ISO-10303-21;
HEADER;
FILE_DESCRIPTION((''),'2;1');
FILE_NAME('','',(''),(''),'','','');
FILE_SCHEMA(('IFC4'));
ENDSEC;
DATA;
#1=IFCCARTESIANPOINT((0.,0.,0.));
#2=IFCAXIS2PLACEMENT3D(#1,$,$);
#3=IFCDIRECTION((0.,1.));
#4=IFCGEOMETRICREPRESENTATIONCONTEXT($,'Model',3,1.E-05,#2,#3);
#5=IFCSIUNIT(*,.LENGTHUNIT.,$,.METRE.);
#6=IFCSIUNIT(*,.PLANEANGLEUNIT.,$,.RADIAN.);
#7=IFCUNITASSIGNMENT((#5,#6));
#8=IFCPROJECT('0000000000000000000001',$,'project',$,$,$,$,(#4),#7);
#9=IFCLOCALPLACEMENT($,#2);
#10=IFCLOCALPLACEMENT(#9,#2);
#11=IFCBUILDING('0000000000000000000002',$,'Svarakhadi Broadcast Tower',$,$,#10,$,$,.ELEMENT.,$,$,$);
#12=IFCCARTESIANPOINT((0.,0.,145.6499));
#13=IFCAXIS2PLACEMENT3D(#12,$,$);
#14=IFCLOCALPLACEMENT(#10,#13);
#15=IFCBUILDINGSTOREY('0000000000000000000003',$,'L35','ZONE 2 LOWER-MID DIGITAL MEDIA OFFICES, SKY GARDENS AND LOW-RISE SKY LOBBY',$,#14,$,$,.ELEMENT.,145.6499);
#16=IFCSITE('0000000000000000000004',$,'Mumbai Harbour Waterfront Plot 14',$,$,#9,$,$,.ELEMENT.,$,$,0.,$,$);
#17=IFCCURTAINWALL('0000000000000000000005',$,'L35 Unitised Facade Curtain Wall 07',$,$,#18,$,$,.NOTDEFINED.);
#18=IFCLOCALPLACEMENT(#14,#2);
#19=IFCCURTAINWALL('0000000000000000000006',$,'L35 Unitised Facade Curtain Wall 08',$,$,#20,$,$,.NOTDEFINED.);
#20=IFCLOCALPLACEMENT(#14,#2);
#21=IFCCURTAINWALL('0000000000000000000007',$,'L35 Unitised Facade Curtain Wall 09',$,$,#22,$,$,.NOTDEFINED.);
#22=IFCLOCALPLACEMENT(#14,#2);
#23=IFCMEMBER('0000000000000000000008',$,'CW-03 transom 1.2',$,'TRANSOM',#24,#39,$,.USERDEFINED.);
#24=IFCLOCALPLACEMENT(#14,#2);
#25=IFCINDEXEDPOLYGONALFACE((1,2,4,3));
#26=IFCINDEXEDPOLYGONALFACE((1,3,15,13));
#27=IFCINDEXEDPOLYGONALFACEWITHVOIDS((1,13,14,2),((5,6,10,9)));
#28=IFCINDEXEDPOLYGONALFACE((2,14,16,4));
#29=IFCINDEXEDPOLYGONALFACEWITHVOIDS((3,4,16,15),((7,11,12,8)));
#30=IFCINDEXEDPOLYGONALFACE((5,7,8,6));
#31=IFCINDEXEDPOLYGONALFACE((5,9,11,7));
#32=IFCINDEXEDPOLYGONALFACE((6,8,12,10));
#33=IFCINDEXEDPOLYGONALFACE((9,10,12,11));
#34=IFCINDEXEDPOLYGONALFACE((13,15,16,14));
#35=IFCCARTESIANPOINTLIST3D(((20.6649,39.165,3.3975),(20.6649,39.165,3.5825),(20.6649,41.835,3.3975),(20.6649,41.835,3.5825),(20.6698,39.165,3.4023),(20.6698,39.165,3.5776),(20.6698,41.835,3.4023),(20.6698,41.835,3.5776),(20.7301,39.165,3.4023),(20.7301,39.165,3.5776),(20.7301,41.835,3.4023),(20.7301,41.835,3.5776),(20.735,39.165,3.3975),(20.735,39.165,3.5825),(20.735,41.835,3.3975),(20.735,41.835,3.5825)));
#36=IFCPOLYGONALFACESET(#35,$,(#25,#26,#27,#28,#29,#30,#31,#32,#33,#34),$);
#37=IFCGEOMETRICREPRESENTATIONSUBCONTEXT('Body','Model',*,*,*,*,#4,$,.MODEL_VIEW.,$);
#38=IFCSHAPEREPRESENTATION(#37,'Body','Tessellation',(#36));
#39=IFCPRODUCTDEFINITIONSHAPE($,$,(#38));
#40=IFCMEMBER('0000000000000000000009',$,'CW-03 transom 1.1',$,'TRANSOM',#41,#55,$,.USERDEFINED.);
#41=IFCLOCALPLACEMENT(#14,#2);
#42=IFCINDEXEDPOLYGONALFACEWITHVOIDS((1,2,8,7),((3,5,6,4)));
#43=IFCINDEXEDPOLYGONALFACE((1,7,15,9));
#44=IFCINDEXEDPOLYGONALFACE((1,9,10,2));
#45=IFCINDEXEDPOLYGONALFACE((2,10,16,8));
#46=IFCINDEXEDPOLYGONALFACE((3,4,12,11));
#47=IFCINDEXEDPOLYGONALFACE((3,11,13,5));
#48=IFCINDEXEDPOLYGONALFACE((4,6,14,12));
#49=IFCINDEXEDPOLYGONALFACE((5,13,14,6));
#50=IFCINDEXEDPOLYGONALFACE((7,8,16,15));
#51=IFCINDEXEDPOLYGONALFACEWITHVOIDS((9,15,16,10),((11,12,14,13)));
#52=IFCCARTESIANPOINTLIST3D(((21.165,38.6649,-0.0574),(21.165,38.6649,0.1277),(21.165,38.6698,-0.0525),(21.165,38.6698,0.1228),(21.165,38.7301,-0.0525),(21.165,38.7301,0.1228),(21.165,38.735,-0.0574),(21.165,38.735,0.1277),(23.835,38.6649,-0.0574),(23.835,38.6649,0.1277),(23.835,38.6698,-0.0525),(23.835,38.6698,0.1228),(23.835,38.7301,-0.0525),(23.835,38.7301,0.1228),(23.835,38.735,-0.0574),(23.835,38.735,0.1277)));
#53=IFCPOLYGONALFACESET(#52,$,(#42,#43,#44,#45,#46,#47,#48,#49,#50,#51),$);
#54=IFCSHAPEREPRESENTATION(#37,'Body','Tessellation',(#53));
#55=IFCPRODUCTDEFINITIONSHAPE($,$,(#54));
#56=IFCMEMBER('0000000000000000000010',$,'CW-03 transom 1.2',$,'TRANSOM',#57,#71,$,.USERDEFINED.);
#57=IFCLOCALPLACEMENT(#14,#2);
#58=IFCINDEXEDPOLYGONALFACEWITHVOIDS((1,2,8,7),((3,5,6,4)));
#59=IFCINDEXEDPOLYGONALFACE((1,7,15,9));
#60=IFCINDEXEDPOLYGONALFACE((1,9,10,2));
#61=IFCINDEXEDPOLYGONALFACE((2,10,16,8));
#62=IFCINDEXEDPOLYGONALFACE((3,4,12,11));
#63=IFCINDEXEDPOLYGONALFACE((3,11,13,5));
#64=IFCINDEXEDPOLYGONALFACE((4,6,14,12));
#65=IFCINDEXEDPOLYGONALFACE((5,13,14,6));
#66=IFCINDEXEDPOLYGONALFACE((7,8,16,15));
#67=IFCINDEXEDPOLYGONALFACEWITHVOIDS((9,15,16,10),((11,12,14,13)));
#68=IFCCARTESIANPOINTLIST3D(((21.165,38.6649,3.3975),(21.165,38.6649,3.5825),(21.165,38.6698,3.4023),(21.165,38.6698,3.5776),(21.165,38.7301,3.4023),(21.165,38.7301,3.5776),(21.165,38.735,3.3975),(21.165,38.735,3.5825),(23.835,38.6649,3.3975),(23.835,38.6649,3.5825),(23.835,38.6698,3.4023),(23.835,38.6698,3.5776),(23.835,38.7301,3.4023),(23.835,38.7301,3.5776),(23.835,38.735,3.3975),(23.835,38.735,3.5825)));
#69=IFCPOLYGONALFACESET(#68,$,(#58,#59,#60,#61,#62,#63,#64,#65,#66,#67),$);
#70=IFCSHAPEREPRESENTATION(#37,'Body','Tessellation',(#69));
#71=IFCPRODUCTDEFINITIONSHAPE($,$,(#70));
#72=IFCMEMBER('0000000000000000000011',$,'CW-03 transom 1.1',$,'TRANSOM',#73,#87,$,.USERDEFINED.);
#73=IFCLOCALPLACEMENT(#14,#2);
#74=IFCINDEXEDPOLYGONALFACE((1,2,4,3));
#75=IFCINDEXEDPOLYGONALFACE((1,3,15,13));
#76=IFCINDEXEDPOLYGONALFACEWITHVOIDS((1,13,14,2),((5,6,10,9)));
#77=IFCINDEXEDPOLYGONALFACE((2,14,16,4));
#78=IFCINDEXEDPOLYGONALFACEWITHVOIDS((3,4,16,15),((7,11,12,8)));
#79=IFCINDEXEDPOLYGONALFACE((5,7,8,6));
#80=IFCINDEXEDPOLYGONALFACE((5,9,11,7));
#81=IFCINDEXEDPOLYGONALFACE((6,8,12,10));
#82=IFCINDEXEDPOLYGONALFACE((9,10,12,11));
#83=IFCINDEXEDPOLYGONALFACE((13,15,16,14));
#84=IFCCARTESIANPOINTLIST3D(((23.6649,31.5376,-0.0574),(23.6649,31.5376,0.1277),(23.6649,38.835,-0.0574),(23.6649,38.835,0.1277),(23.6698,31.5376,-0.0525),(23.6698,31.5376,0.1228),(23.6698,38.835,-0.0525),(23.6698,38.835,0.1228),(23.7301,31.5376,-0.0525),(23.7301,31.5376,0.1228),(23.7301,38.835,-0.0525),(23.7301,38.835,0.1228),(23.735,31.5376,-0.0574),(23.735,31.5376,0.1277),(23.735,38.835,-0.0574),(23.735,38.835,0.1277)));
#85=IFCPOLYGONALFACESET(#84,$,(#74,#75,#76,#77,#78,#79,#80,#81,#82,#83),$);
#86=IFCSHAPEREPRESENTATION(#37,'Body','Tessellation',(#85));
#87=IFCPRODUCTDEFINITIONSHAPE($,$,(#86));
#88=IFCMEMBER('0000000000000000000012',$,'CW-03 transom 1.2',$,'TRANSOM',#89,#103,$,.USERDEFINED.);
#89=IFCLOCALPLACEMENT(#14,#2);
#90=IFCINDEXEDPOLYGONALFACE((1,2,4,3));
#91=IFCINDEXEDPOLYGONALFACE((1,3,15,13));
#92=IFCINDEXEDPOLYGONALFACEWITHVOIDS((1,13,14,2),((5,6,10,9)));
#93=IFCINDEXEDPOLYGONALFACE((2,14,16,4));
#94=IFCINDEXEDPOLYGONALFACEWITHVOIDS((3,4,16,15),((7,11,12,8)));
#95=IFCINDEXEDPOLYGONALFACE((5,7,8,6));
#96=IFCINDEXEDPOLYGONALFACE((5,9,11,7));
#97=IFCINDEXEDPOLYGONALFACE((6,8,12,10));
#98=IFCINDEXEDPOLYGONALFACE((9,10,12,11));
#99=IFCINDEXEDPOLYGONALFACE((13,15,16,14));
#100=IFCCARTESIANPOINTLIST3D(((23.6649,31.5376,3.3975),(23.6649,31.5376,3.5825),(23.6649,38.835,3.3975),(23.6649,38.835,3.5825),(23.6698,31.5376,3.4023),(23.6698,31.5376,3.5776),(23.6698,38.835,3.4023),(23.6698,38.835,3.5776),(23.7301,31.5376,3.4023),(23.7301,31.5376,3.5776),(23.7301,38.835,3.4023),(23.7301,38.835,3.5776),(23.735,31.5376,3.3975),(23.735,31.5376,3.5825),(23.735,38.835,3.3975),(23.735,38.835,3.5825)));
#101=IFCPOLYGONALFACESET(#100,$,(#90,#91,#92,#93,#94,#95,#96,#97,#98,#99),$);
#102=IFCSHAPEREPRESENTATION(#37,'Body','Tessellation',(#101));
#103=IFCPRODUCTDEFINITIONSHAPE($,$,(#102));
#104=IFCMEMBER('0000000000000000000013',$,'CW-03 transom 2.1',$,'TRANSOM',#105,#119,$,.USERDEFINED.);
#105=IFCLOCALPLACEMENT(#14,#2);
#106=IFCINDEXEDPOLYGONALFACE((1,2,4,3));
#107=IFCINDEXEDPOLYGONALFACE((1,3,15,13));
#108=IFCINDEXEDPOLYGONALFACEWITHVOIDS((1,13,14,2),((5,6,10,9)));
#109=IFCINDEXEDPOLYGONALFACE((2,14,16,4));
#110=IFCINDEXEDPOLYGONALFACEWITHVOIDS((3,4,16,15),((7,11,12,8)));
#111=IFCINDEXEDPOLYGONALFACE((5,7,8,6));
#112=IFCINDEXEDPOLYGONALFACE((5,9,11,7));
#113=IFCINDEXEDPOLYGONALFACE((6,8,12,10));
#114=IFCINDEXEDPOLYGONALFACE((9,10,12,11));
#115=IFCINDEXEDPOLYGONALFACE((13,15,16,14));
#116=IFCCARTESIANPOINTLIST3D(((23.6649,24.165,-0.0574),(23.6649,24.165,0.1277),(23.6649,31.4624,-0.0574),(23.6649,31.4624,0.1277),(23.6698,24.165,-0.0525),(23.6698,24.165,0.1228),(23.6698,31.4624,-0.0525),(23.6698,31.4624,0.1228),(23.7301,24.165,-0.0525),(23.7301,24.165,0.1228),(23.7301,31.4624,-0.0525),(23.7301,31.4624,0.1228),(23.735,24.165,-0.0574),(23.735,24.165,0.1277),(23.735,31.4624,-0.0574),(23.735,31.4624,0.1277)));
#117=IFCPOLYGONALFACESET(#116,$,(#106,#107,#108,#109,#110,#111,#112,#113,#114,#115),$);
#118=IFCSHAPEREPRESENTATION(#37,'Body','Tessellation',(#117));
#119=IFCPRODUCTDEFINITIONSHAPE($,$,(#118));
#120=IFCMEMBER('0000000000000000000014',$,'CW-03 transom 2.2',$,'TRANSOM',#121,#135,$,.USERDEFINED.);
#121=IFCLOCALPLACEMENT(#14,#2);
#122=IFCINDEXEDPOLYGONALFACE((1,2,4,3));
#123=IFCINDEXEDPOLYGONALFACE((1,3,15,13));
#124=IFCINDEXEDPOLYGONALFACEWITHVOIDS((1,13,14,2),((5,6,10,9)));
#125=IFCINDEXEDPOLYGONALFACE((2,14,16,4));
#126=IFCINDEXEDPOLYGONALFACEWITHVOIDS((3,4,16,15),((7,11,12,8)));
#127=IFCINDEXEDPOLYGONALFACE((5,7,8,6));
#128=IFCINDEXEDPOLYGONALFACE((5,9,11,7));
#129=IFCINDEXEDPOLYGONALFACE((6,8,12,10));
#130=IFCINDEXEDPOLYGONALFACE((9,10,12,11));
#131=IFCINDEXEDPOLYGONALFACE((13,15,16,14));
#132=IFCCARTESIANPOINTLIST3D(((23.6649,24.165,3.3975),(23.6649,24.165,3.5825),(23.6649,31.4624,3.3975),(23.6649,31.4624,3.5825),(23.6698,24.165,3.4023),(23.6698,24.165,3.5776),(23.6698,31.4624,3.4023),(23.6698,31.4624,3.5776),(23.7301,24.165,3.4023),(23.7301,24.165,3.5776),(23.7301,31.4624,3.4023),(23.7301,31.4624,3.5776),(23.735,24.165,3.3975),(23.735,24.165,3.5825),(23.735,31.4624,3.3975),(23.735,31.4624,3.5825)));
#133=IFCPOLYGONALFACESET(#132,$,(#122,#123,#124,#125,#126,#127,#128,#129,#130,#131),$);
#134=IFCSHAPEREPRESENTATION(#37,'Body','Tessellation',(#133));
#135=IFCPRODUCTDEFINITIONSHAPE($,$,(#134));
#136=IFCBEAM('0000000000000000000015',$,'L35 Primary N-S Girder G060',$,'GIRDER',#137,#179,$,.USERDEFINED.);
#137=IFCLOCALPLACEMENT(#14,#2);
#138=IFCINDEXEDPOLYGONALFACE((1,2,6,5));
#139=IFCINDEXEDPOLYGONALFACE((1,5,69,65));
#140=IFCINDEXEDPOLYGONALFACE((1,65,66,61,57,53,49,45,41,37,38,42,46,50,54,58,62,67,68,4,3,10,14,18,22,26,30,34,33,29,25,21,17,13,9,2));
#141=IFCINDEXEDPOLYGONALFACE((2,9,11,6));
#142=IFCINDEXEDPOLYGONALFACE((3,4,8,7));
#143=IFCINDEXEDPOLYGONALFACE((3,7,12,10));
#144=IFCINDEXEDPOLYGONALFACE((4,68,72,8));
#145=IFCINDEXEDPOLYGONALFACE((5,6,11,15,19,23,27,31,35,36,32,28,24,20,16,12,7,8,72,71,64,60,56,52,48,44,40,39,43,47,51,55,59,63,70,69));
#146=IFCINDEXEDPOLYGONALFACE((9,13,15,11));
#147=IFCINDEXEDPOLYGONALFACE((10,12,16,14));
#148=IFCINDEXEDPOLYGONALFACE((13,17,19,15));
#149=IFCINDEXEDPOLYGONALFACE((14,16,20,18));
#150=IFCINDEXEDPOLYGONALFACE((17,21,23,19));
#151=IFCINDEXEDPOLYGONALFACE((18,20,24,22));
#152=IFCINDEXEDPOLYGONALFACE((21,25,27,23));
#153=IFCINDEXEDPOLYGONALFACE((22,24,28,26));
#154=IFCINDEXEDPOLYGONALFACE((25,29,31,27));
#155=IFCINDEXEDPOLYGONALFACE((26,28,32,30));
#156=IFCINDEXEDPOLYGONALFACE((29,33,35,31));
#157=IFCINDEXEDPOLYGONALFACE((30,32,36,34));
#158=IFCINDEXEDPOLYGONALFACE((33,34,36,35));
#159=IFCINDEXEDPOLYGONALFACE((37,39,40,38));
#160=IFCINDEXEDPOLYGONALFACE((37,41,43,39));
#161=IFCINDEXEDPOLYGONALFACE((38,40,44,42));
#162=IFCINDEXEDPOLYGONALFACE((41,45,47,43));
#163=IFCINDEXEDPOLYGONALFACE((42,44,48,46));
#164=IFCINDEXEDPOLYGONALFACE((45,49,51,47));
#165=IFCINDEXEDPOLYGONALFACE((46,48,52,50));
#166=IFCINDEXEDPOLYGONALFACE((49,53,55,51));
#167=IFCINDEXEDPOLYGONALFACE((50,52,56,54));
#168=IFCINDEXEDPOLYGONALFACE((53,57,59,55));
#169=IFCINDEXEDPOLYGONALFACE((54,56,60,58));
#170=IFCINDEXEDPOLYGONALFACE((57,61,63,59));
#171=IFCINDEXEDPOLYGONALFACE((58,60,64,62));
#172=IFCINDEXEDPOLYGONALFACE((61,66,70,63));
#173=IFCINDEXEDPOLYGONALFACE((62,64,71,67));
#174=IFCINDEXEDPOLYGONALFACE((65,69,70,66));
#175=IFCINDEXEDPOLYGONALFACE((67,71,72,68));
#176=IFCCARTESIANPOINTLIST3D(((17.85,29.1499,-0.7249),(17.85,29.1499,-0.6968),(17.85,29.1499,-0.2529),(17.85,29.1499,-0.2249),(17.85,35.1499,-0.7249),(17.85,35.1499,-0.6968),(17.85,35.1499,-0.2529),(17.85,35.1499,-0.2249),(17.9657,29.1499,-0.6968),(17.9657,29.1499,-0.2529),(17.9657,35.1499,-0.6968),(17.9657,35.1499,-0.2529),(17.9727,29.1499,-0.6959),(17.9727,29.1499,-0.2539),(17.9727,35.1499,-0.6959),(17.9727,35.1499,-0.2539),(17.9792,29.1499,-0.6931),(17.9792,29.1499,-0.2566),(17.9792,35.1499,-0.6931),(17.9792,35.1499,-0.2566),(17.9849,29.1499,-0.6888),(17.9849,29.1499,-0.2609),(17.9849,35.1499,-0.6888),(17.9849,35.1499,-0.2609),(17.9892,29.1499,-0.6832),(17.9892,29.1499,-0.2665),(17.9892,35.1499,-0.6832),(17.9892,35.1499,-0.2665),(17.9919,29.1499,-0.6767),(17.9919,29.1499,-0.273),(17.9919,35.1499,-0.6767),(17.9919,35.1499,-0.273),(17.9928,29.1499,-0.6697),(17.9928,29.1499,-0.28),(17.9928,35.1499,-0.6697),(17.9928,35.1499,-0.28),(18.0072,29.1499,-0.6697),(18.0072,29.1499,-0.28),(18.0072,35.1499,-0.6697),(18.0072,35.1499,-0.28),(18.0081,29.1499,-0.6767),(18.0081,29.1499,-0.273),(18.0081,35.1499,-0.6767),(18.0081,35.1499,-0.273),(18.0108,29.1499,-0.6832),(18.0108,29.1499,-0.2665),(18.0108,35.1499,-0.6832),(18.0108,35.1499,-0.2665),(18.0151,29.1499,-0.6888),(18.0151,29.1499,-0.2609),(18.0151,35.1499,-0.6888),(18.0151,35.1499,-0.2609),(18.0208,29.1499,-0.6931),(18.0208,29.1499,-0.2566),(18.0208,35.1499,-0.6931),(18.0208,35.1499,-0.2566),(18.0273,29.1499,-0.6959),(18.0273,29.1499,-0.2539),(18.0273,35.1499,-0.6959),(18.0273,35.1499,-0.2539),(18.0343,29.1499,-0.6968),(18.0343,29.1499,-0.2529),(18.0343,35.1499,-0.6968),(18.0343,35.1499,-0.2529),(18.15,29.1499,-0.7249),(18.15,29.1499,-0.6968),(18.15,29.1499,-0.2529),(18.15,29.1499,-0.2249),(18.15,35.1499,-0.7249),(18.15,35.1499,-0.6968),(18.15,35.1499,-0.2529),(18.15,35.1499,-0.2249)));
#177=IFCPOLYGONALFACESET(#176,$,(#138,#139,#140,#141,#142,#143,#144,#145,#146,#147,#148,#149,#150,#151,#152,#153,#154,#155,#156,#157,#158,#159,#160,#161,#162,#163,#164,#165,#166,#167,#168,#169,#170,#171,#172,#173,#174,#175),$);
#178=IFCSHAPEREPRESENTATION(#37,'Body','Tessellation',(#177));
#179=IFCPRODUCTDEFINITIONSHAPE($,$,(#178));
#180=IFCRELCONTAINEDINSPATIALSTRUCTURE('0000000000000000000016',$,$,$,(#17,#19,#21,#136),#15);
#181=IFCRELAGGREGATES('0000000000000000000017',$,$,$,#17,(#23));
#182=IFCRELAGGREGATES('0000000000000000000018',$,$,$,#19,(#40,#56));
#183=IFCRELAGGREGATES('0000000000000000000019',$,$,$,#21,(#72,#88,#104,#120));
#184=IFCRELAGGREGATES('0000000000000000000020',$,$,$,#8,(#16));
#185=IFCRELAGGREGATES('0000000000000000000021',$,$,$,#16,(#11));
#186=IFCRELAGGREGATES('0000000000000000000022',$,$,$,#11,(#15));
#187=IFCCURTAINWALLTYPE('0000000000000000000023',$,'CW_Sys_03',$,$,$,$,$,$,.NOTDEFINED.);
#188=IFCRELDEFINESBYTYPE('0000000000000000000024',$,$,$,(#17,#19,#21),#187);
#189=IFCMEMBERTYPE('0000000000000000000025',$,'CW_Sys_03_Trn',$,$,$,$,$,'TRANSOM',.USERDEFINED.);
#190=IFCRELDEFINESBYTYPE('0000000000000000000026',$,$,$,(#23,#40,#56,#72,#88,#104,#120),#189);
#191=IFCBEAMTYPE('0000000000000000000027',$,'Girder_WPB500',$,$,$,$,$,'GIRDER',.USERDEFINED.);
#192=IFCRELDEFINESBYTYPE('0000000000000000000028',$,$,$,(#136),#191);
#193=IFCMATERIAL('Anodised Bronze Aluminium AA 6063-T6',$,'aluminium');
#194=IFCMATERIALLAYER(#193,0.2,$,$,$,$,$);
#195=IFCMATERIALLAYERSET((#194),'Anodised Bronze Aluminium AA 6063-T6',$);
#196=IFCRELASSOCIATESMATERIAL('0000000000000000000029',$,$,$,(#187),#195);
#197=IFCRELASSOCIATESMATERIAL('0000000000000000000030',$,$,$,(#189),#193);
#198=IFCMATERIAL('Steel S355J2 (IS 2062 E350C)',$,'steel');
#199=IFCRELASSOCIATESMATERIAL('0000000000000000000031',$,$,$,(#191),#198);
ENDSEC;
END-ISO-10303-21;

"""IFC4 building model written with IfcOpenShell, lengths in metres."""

from ifc_helpers import new_model, si_unit, direction, frame, origin, origin_2d, place, context, subcontext, project, spatial, hollow_rectangle, i_section, extrude, material, layer, layer_set, material_profile, profile_set, type_object, element, aggregate, save


model = new_model("IFC4")

# Units and contexts
model_context = context("Model", 3, precision=1e-05, world=origin(), true_north=direction((0.0, 1.0)))
body_context = subcontext(model_context, "Body", "Model", "MODEL_VIEW")
ifc_project = project(units=[si_unit("LENGTHUNIT", "METRE"), si_unit("PLANEANGLEUNIT", "RADIAN")], contexts=[model_context])

# Site, building, storey
site_placement = place(None, origin())
site = spatial("IfcSite", under=ifc_project, at=site_placement, Name="Mumbai Harbour Waterfront Plot 14", CompositionType="ELEMENT", RefElevation=0.0)
building_placement = place(site_placement, origin())
building = spatial("IfcBuilding", under=site, at=building_placement, Name="Svarakhadi Broadcast Tower", CompositionType="ELEMENT")
storey_placement = place(building_placement, frame((0.0, 0.0, 145.6499)))
storey = spatial("IfcBuildingStorey", under=building, at=storey_placement, Name="L35", Description="ZONE 2 LOWER-MID DIGITAL MEDIA OFFICES, SKY GARDENS AND LOW-RISE SKY LOBBY", CompositionType="ELEMENT", Elevation=145.6499)

# Curtain walls
ifc_material_1 = material(Name="Anodised Bronze Aluminium AA 6063-T6", Category="aluminium")
ifc_layer_1 = layer(ifc_material_1, 0.2)
ifc_layer_set_1 = layer_set([ifc_layer_1], Name="Anodised Bronze Aluminium AA 6063-T6")
curtain_wall_type = type_object("IfcCurtainWallType", Name="CW_Sys_03", PredefinedType="NOTDEFINED", material=ifc_layer_set_1)
curtain_wall_1_placement = place(storey_placement, origin())
curtain_wall_1 = element("IfcCurtainWall", 1, at=curtain_wall_1_placement, inside=storey, type_object=curtain_wall_type, Name="L35 Unitised Facade Curtain Wall 07", PredefinedType="NOTDEFINED")
curtain_wall_2_placement = place(storey_placement, origin())
curtain_wall_2 = element("IfcCurtainWall", 2, at=curtain_wall_2_placement, inside=storey, type_object=curtain_wall_type, Name="L35 Unitised Facade Curtain Wall 08", PredefinedType="NOTDEFINED")
curtain_wall_3_placement = place(storey_placement, origin())
curtain_wall_3 = element("IfcCurtainWall", 3, at=curtain_wall_3_placement, inside=storey, type_object=curtain_wall_type, Name="L35 Unitised Facade Curtain Wall 09", PredefinedType="NOTDEFINED")

# Members
ifc_material_profile_1 = material_profile(ifc_material_1, hollow_rectangle(XDim=0.0701, YDim=0.1851, WallThickness=0.0049, at=origin_2d()), Name="ALU TRANSOM 185x70x5")
ifc_profile_set_1 = profile_set([ifc_material_profile_1], Name="Anodised Bronze Aluminium AA 6063-T6")
member_type_1 = type_object("IfcMemberType", Name="CW_Sys_03_Trn", ElementType="TRANSOM", PredefinedType="USERDEFINED", material=ifc_profile_set_1)
member_1_placement = place(storey_placement, frame((20.7, 41.835, 3.49), z_axis=(0.0, -1.0, 0.0), x_axis=(1.0, 0.0, 0.0)))
member_1 = element("IfcMember", 4, at=member_1_placement, type_object=member_type_1, Name="CW-03 transom 1.2", ObjectType="TRANSOM", PredefinedType="USERDEFINED", context=body_context, shape_type="SweptSolid", body=[
    extrude(hollow_rectangle(XDim=0.0701, YDim=0.1851, WallThickness=0.0049, at=origin_2d()), origin(), (0.0, 0.0, 1.0), 2.6699),
])
member_2_placement = place(storey_placement, frame((21.165, 38.7, 0.0352), z_axis=(1.0, 0.0, 0.0), x_axis=(0.0, 1.0, 0.0)))
member_2 = element("IfcMember", 5, at=member_2_placement, type_object=member_type_1, Name="CW-03 transom 1.1", ObjectType="TRANSOM", PredefinedType="USERDEFINED", context=body_context, shape_type="SweptSolid", body=[
    extrude(hollow_rectangle(XDim=0.0701, YDim=0.1851, WallThickness=0.0049, at=origin_2d()), origin(), (0.0, 0.0, 1.0), 2.6699),
])
member_3_placement = place(storey_placement, frame((21.165, 38.7, 3.49), z_axis=(1.0, 0.0, 0.0), x_axis=(0.0, 1.0, 0.0)))
member_3 = element("IfcMember", 6, at=member_3_placement, type_object=member_type_1, Name="CW-03 transom 1.2", ObjectType="TRANSOM", PredefinedType="USERDEFINED", context=body_context, shape_type="SweptSolid", body=[
    extrude(hollow_rectangle(XDim=0.0701, YDim=0.1851, WallThickness=0.0049, at=origin_2d()), origin(), (0.0, 0.0, 1.0), 2.6699),
])
member_4_placement = place(storey_placement, frame((23.7, 38.835, 0.0352), z_axis=(0.0, -1.0, 0.0), x_axis=(1.0, 0.0, 0.0)))
member_4 = element("IfcMember", 7, at=member_4_placement, type_object=member_type_1, Name="CW-03 transom 1.1", ObjectType="TRANSOM", PredefinedType="USERDEFINED", context=body_context, shape_type="SweptSolid", body=[
    extrude(hollow_rectangle(XDim=0.0701, YDim=0.1851, WallThickness=0.0049, at=origin_2d()), origin(), (0.0, 0.0, 1.0), 7.2974),
])
member_5_placement = place(storey_placement, frame((23.7, 38.835, 3.49), z_axis=(0.0, -1.0, 0.0), x_axis=(1.0, 0.0, 0.0)))
member_5 = element("IfcMember", 8, at=member_5_placement, type_object=member_type_1, Name="CW-03 transom 1.2", ObjectType="TRANSOM", PredefinedType="USERDEFINED", context=body_context, shape_type="SweptSolid", body=[
    extrude(hollow_rectangle(XDim=0.0701, YDim=0.1851, WallThickness=0.0049, at=origin_2d()), origin(), (0.0, 0.0, 1.0), 7.2974),
])
member_6_placement = place(storey_placement, frame((23.7, 31.4624, 0.0352), z_axis=(0.0, -1.0, 0.0), x_axis=(1.0, 0.0, 0.0)))
member_6 = element("IfcMember", 9, at=member_6_placement, type_object=member_type_1, Name="CW-03 transom 2.1", ObjectType="TRANSOM", PredefinedType="USERDEFINED", context=body_context, shape_type="SweptSolid", body=[
    extrude(hollow_rectangle(XDim=0.0701, YDim=0.1851, WallThickness=0.0049, at=origin_2d()), origin(), (0.0, 0.0, 1.0), 7.2974),
])
member_7_placement = place(storey_placement, frame((23.7, 31.4624, 3.49), z_axis=(0.0, -1.0, 0.0), x_axis=(1.0, 0.0, 0.0)))
member_7 = element("IfcMember", 10, at=member_7_placement, type_object=member_type_1, Name="CW-03 transom 2.2", ObjectType="TRANSOM", PredefinedType="USERDEFINED", context=body_context, shape_type="SweptSolid", body=[
    extrude(hollow_rectangle(XDim=0.0701, YDim=0.1851, WallThickness=0.0049, at=origin_2d()), origin(), (0.0, 0.0, 1.0), 7.2974),
])

# Beam
ifc_material_2 = material(Name="Steel S355J2 (IS 2062 E350C)", Category="steel")
ifc_material_profile_2 = material_profile(ifc_material_2, i_section(OverallWidth=0.3, OverallDepth=0.5, WebThickness=0.0144, FlangeThickness=0.0281, FilletRadius=0.0271, at=origin_2d()), Name="WPB 500x300x187")
ifc_profile_set_2 = profile_set([ifc_material_profile_2], Name="Steel S355J2 (IS 2062 E350C)")
beam_type = type_object("IfcBeamType", Name="Girder_WPB500", ElementType="GIRDER", PredefinedType="USERDEFINED", material=ifc_profile_set_2)
for number, where, z_axis, x_axis, name in (
    (11, (18.0, 29.1499, -0.4749), (0.0, 1.0, 0.0), (-1.0, 0.0, 0.0), "L35 Primary N-S Girder G060"),
):
    element("IfcBeam", number, at=place(storey_placement, frame(where, z_axis=z_axis, x_axis=x_axis)), inside=storey, type_object=beam_type, Name=name, ObjectType="GIRDER", PredefinedType="USERDEFINED", context=body_context, shape_type="SweptSolid", body=[
        extrude(i_section(OverallWidth=0.3, OverallDepth=0.5, WebThickness=0.0144, FlangeThickness=0.0281, FilletRadius=0.0271, at=origin_2d()), origin(), (0.0, 0.0, 1.0), 6.0),
    ])

aggregate(curtain_wall_1, [member_1])
aggregate(curtain_wall_2, [member_2, member_3])
aggregate(curtain_wall_3, [member_4, member_5, member_6, member_7])

save(model, "model.ifc")
